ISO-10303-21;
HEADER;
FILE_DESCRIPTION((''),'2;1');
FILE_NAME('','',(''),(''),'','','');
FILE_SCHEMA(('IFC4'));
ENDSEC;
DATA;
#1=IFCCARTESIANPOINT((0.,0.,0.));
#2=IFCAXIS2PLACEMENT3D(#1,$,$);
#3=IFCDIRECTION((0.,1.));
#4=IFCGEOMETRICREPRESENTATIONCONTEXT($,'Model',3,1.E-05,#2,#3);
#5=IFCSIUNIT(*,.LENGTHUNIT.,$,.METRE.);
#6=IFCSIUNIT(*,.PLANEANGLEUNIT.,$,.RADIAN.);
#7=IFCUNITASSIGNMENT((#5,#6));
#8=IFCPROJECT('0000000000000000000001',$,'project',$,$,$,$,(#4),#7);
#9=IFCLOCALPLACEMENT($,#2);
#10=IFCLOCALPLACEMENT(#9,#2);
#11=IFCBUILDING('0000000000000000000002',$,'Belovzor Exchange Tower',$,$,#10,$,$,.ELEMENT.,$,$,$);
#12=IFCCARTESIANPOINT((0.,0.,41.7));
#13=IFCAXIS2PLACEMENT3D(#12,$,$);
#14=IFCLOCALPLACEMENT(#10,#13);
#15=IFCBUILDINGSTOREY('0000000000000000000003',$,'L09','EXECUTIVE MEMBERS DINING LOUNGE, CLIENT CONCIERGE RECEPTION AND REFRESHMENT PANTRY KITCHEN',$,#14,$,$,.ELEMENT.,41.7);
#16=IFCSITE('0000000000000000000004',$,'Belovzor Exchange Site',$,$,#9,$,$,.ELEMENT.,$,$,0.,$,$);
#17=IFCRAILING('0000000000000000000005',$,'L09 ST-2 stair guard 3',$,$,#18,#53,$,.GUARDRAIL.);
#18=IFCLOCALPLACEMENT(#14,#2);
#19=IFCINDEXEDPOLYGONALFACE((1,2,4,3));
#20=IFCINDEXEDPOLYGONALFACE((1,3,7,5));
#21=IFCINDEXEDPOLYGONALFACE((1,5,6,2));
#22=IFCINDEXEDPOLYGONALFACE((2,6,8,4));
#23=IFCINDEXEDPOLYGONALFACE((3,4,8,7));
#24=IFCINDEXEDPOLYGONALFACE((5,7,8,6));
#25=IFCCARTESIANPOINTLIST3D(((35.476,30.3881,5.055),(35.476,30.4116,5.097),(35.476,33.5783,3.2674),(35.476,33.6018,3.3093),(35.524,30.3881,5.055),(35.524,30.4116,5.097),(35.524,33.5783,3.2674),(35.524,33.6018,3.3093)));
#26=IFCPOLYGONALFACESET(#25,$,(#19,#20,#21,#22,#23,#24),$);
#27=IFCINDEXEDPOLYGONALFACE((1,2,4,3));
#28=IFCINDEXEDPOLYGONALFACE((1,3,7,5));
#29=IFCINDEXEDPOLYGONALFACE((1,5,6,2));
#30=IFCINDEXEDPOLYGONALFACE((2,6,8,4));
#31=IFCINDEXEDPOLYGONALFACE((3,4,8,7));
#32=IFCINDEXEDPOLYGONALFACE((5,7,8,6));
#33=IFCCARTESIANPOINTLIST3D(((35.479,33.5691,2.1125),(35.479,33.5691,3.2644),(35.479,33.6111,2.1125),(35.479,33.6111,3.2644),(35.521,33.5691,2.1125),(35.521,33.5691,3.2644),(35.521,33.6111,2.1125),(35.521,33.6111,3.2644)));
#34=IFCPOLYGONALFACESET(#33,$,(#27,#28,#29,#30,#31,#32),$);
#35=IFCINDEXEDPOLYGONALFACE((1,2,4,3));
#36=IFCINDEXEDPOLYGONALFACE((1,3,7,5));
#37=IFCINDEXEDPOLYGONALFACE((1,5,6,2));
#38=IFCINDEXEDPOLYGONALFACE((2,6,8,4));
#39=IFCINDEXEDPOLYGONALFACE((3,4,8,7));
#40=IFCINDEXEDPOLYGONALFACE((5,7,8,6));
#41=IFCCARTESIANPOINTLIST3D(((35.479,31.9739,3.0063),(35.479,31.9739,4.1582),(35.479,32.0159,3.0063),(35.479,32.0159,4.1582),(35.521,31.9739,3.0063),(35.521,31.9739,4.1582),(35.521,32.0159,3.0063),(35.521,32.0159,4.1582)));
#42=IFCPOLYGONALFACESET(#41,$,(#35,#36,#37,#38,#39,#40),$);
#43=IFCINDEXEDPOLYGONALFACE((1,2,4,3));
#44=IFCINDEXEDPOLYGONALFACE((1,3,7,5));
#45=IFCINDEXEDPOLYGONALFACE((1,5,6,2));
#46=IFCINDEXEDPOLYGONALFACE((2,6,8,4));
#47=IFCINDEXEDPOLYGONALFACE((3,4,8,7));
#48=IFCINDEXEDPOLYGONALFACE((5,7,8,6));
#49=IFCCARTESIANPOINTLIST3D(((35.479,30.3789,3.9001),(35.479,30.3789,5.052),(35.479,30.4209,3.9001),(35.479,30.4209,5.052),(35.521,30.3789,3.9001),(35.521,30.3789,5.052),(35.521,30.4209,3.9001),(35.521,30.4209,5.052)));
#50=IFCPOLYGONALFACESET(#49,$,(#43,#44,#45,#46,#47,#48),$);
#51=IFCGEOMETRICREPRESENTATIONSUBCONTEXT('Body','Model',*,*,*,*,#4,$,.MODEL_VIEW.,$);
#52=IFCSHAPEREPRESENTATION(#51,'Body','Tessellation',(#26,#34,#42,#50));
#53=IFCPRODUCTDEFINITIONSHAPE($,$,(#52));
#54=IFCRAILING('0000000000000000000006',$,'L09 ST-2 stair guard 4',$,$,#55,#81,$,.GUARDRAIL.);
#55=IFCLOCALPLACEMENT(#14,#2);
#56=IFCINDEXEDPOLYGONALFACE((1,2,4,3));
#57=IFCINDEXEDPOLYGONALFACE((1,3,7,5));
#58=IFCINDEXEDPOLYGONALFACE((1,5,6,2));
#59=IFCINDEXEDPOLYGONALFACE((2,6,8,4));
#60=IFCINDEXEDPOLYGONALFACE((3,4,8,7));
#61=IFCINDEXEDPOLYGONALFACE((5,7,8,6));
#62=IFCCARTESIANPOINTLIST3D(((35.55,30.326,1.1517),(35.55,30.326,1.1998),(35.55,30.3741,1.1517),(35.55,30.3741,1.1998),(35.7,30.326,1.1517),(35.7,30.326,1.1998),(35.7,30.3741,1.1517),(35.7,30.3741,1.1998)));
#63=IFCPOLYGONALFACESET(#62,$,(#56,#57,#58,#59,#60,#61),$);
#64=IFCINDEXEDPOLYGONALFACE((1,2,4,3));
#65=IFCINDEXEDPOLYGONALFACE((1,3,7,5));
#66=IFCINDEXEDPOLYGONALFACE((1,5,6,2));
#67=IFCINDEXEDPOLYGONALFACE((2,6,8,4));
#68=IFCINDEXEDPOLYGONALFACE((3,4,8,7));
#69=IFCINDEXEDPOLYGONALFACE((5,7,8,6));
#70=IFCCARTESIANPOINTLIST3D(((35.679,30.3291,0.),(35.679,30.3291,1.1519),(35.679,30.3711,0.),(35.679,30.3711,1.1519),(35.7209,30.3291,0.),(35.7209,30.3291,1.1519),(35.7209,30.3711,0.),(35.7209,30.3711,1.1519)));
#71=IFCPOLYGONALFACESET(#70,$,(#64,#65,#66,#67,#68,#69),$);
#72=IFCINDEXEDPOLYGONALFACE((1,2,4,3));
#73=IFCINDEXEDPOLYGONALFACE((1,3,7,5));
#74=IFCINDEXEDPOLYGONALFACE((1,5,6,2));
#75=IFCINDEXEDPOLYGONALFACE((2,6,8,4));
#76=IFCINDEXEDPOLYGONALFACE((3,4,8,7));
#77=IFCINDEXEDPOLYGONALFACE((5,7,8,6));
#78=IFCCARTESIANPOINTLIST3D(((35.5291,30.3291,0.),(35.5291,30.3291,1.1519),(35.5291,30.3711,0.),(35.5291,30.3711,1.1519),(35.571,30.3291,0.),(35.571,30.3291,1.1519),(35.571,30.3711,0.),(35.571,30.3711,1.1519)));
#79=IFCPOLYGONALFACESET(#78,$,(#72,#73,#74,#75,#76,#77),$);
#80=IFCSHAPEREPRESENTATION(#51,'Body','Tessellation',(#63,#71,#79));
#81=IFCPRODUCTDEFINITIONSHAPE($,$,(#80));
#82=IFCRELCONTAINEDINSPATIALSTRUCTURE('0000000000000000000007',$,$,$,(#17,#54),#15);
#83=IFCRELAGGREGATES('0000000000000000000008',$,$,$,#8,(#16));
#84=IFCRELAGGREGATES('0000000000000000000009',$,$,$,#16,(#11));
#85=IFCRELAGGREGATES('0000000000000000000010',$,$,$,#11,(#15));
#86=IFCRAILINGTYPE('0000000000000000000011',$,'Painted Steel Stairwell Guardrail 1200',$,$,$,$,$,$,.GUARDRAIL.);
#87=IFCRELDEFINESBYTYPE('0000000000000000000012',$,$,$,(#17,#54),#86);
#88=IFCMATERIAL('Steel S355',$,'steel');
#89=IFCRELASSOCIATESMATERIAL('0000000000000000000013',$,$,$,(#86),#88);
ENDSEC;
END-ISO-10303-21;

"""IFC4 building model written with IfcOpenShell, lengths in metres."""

from ifc_helpers import new_model, si_unit, direction, frame, origin, origin_2d, place, context, subcontext, project, spatial, rectangle, extrude, material, type_object, element, save


model = new_model("IFC4")

# Units and contexts
model_context = context("Model", 3, precision=1e-05, world=origin(), true_north=direction((0.0, 1.0)))
body_context = subcontext(model_context, "Body", "Model", "MODEL_VIEW")
ifc_project = project(units=[si_unit("LENGTHUNIT", "METRE"), si_unit("PLANEANGLEUNIT", "RADIAN")], contexts=[model_context])

# Site, building, storey
site_placement = place(None, origin())
site = spatial("IfcSite", under=ifc_project, at=site_placement, Name="Belovzor Exchange Site", CompositionType="ELEMENT", RefElevation=0.0)
building_placement = place(site_placement, origin())
building = spatial("IfcBuilding", under=site, at=building_placement, Name="Belovzor Exchange Tower", CompositionType="ELEMENT")
storey_placement = place(building_placement, frame((0.0, 0.0, 41.7)))
storey = spatial("IfcBuildingStorey", under=building, at=storey_placement, Name="L09", Description="EXECUTIVE MEMBERS DINING LOUNGE, CLIENT CONCIERGE RECEPTION AND REFRESHMENT PANTRY KITCHEN", CompositionType="ELEMENT", Elevation=41.7)

# Railings
ifc_material_1 = material(Name="Steel S355", Category="steel")
railing_type_1 = type_object("IfcRailingType", Name="Painted Steel Stairwell Guardrail 1200", PredefinedType="GUARDRAIL", material=ifc_material_1)
railing_1_placement = place(storey_placement, frame((35.5, 33.5901, 2.1125)))
element("IfcRailing", 1, at=railing_1_placement, inside=storey, type_object=railing_type_1, Name="L09 ST-2 stair guard 3", PredefinedType="GUARDRAIL", context=body_context, shape_type="SweptSolid", body=[
    extrude(rectangle(XDim=0.0481, YDim=0.0481, at=origin_2d()), frame((0.0, 0.0, 1.1758), z_axis=(0.0, -0.872378, 0.488831), x_axis=(1.0, 0.0, 0.0)), (0.0, 0.0, 1.0), 3.657),
    extrude(rectangle(XDim=0.042, YDim=0.042, at=origin_2d()), origin(), (0.0, 0.0, 1.0), 1.1519),
    extrude(rectangle(XDim=0.042, YDim=0.042, at=origin_2d()), frame((0.0, -1.5952, 0.8938)), (0.0, 0.0, 1.0), 1.1519),
    extrude(rectangle(XDim=0.042, YDim=0.042, at=origin_2d()), frame((0.0, -3.1902, 1.7876)), (0.0, 0.0, 1.0), 1.1519),
])
railing_2_placement = place(storey_placement, frame((35.7, 30.3501, 0.0)))
element("IfcRailing", 2, at=railing_2_placement, inside=storey, type_object=railing_type_1, Name="L09 ST-2 stair guard 4", PredefinedType="GUARDRAIL", context=body_context, shape_type="SweptSolid", body=[
    extrude(rectangle(XDim=0.0481, YDim=0.0481, at=origin_2d()), frame((0.0, 0.0, 1.1758), z_axis=(-1.0, 0.0, 0.0), x_axis=(0.0, -1.0, 0.0)), (0.0, 0.0, 1.0), 0.1499),
    extrude(rectangle(XDim=0.042, YDim=0.042, at=origin_2d()), origin(), (0.0, 0.0, 1.0), 1.1519),
    extrude(rectangle(XDim=0.042, YDim=0.042, at=origin_2d()), frame((-0.1499, 0.0, 0.0)), (0.0, 0.0, 1.0), 1.1519),
])

save(model, "model.ifc")
